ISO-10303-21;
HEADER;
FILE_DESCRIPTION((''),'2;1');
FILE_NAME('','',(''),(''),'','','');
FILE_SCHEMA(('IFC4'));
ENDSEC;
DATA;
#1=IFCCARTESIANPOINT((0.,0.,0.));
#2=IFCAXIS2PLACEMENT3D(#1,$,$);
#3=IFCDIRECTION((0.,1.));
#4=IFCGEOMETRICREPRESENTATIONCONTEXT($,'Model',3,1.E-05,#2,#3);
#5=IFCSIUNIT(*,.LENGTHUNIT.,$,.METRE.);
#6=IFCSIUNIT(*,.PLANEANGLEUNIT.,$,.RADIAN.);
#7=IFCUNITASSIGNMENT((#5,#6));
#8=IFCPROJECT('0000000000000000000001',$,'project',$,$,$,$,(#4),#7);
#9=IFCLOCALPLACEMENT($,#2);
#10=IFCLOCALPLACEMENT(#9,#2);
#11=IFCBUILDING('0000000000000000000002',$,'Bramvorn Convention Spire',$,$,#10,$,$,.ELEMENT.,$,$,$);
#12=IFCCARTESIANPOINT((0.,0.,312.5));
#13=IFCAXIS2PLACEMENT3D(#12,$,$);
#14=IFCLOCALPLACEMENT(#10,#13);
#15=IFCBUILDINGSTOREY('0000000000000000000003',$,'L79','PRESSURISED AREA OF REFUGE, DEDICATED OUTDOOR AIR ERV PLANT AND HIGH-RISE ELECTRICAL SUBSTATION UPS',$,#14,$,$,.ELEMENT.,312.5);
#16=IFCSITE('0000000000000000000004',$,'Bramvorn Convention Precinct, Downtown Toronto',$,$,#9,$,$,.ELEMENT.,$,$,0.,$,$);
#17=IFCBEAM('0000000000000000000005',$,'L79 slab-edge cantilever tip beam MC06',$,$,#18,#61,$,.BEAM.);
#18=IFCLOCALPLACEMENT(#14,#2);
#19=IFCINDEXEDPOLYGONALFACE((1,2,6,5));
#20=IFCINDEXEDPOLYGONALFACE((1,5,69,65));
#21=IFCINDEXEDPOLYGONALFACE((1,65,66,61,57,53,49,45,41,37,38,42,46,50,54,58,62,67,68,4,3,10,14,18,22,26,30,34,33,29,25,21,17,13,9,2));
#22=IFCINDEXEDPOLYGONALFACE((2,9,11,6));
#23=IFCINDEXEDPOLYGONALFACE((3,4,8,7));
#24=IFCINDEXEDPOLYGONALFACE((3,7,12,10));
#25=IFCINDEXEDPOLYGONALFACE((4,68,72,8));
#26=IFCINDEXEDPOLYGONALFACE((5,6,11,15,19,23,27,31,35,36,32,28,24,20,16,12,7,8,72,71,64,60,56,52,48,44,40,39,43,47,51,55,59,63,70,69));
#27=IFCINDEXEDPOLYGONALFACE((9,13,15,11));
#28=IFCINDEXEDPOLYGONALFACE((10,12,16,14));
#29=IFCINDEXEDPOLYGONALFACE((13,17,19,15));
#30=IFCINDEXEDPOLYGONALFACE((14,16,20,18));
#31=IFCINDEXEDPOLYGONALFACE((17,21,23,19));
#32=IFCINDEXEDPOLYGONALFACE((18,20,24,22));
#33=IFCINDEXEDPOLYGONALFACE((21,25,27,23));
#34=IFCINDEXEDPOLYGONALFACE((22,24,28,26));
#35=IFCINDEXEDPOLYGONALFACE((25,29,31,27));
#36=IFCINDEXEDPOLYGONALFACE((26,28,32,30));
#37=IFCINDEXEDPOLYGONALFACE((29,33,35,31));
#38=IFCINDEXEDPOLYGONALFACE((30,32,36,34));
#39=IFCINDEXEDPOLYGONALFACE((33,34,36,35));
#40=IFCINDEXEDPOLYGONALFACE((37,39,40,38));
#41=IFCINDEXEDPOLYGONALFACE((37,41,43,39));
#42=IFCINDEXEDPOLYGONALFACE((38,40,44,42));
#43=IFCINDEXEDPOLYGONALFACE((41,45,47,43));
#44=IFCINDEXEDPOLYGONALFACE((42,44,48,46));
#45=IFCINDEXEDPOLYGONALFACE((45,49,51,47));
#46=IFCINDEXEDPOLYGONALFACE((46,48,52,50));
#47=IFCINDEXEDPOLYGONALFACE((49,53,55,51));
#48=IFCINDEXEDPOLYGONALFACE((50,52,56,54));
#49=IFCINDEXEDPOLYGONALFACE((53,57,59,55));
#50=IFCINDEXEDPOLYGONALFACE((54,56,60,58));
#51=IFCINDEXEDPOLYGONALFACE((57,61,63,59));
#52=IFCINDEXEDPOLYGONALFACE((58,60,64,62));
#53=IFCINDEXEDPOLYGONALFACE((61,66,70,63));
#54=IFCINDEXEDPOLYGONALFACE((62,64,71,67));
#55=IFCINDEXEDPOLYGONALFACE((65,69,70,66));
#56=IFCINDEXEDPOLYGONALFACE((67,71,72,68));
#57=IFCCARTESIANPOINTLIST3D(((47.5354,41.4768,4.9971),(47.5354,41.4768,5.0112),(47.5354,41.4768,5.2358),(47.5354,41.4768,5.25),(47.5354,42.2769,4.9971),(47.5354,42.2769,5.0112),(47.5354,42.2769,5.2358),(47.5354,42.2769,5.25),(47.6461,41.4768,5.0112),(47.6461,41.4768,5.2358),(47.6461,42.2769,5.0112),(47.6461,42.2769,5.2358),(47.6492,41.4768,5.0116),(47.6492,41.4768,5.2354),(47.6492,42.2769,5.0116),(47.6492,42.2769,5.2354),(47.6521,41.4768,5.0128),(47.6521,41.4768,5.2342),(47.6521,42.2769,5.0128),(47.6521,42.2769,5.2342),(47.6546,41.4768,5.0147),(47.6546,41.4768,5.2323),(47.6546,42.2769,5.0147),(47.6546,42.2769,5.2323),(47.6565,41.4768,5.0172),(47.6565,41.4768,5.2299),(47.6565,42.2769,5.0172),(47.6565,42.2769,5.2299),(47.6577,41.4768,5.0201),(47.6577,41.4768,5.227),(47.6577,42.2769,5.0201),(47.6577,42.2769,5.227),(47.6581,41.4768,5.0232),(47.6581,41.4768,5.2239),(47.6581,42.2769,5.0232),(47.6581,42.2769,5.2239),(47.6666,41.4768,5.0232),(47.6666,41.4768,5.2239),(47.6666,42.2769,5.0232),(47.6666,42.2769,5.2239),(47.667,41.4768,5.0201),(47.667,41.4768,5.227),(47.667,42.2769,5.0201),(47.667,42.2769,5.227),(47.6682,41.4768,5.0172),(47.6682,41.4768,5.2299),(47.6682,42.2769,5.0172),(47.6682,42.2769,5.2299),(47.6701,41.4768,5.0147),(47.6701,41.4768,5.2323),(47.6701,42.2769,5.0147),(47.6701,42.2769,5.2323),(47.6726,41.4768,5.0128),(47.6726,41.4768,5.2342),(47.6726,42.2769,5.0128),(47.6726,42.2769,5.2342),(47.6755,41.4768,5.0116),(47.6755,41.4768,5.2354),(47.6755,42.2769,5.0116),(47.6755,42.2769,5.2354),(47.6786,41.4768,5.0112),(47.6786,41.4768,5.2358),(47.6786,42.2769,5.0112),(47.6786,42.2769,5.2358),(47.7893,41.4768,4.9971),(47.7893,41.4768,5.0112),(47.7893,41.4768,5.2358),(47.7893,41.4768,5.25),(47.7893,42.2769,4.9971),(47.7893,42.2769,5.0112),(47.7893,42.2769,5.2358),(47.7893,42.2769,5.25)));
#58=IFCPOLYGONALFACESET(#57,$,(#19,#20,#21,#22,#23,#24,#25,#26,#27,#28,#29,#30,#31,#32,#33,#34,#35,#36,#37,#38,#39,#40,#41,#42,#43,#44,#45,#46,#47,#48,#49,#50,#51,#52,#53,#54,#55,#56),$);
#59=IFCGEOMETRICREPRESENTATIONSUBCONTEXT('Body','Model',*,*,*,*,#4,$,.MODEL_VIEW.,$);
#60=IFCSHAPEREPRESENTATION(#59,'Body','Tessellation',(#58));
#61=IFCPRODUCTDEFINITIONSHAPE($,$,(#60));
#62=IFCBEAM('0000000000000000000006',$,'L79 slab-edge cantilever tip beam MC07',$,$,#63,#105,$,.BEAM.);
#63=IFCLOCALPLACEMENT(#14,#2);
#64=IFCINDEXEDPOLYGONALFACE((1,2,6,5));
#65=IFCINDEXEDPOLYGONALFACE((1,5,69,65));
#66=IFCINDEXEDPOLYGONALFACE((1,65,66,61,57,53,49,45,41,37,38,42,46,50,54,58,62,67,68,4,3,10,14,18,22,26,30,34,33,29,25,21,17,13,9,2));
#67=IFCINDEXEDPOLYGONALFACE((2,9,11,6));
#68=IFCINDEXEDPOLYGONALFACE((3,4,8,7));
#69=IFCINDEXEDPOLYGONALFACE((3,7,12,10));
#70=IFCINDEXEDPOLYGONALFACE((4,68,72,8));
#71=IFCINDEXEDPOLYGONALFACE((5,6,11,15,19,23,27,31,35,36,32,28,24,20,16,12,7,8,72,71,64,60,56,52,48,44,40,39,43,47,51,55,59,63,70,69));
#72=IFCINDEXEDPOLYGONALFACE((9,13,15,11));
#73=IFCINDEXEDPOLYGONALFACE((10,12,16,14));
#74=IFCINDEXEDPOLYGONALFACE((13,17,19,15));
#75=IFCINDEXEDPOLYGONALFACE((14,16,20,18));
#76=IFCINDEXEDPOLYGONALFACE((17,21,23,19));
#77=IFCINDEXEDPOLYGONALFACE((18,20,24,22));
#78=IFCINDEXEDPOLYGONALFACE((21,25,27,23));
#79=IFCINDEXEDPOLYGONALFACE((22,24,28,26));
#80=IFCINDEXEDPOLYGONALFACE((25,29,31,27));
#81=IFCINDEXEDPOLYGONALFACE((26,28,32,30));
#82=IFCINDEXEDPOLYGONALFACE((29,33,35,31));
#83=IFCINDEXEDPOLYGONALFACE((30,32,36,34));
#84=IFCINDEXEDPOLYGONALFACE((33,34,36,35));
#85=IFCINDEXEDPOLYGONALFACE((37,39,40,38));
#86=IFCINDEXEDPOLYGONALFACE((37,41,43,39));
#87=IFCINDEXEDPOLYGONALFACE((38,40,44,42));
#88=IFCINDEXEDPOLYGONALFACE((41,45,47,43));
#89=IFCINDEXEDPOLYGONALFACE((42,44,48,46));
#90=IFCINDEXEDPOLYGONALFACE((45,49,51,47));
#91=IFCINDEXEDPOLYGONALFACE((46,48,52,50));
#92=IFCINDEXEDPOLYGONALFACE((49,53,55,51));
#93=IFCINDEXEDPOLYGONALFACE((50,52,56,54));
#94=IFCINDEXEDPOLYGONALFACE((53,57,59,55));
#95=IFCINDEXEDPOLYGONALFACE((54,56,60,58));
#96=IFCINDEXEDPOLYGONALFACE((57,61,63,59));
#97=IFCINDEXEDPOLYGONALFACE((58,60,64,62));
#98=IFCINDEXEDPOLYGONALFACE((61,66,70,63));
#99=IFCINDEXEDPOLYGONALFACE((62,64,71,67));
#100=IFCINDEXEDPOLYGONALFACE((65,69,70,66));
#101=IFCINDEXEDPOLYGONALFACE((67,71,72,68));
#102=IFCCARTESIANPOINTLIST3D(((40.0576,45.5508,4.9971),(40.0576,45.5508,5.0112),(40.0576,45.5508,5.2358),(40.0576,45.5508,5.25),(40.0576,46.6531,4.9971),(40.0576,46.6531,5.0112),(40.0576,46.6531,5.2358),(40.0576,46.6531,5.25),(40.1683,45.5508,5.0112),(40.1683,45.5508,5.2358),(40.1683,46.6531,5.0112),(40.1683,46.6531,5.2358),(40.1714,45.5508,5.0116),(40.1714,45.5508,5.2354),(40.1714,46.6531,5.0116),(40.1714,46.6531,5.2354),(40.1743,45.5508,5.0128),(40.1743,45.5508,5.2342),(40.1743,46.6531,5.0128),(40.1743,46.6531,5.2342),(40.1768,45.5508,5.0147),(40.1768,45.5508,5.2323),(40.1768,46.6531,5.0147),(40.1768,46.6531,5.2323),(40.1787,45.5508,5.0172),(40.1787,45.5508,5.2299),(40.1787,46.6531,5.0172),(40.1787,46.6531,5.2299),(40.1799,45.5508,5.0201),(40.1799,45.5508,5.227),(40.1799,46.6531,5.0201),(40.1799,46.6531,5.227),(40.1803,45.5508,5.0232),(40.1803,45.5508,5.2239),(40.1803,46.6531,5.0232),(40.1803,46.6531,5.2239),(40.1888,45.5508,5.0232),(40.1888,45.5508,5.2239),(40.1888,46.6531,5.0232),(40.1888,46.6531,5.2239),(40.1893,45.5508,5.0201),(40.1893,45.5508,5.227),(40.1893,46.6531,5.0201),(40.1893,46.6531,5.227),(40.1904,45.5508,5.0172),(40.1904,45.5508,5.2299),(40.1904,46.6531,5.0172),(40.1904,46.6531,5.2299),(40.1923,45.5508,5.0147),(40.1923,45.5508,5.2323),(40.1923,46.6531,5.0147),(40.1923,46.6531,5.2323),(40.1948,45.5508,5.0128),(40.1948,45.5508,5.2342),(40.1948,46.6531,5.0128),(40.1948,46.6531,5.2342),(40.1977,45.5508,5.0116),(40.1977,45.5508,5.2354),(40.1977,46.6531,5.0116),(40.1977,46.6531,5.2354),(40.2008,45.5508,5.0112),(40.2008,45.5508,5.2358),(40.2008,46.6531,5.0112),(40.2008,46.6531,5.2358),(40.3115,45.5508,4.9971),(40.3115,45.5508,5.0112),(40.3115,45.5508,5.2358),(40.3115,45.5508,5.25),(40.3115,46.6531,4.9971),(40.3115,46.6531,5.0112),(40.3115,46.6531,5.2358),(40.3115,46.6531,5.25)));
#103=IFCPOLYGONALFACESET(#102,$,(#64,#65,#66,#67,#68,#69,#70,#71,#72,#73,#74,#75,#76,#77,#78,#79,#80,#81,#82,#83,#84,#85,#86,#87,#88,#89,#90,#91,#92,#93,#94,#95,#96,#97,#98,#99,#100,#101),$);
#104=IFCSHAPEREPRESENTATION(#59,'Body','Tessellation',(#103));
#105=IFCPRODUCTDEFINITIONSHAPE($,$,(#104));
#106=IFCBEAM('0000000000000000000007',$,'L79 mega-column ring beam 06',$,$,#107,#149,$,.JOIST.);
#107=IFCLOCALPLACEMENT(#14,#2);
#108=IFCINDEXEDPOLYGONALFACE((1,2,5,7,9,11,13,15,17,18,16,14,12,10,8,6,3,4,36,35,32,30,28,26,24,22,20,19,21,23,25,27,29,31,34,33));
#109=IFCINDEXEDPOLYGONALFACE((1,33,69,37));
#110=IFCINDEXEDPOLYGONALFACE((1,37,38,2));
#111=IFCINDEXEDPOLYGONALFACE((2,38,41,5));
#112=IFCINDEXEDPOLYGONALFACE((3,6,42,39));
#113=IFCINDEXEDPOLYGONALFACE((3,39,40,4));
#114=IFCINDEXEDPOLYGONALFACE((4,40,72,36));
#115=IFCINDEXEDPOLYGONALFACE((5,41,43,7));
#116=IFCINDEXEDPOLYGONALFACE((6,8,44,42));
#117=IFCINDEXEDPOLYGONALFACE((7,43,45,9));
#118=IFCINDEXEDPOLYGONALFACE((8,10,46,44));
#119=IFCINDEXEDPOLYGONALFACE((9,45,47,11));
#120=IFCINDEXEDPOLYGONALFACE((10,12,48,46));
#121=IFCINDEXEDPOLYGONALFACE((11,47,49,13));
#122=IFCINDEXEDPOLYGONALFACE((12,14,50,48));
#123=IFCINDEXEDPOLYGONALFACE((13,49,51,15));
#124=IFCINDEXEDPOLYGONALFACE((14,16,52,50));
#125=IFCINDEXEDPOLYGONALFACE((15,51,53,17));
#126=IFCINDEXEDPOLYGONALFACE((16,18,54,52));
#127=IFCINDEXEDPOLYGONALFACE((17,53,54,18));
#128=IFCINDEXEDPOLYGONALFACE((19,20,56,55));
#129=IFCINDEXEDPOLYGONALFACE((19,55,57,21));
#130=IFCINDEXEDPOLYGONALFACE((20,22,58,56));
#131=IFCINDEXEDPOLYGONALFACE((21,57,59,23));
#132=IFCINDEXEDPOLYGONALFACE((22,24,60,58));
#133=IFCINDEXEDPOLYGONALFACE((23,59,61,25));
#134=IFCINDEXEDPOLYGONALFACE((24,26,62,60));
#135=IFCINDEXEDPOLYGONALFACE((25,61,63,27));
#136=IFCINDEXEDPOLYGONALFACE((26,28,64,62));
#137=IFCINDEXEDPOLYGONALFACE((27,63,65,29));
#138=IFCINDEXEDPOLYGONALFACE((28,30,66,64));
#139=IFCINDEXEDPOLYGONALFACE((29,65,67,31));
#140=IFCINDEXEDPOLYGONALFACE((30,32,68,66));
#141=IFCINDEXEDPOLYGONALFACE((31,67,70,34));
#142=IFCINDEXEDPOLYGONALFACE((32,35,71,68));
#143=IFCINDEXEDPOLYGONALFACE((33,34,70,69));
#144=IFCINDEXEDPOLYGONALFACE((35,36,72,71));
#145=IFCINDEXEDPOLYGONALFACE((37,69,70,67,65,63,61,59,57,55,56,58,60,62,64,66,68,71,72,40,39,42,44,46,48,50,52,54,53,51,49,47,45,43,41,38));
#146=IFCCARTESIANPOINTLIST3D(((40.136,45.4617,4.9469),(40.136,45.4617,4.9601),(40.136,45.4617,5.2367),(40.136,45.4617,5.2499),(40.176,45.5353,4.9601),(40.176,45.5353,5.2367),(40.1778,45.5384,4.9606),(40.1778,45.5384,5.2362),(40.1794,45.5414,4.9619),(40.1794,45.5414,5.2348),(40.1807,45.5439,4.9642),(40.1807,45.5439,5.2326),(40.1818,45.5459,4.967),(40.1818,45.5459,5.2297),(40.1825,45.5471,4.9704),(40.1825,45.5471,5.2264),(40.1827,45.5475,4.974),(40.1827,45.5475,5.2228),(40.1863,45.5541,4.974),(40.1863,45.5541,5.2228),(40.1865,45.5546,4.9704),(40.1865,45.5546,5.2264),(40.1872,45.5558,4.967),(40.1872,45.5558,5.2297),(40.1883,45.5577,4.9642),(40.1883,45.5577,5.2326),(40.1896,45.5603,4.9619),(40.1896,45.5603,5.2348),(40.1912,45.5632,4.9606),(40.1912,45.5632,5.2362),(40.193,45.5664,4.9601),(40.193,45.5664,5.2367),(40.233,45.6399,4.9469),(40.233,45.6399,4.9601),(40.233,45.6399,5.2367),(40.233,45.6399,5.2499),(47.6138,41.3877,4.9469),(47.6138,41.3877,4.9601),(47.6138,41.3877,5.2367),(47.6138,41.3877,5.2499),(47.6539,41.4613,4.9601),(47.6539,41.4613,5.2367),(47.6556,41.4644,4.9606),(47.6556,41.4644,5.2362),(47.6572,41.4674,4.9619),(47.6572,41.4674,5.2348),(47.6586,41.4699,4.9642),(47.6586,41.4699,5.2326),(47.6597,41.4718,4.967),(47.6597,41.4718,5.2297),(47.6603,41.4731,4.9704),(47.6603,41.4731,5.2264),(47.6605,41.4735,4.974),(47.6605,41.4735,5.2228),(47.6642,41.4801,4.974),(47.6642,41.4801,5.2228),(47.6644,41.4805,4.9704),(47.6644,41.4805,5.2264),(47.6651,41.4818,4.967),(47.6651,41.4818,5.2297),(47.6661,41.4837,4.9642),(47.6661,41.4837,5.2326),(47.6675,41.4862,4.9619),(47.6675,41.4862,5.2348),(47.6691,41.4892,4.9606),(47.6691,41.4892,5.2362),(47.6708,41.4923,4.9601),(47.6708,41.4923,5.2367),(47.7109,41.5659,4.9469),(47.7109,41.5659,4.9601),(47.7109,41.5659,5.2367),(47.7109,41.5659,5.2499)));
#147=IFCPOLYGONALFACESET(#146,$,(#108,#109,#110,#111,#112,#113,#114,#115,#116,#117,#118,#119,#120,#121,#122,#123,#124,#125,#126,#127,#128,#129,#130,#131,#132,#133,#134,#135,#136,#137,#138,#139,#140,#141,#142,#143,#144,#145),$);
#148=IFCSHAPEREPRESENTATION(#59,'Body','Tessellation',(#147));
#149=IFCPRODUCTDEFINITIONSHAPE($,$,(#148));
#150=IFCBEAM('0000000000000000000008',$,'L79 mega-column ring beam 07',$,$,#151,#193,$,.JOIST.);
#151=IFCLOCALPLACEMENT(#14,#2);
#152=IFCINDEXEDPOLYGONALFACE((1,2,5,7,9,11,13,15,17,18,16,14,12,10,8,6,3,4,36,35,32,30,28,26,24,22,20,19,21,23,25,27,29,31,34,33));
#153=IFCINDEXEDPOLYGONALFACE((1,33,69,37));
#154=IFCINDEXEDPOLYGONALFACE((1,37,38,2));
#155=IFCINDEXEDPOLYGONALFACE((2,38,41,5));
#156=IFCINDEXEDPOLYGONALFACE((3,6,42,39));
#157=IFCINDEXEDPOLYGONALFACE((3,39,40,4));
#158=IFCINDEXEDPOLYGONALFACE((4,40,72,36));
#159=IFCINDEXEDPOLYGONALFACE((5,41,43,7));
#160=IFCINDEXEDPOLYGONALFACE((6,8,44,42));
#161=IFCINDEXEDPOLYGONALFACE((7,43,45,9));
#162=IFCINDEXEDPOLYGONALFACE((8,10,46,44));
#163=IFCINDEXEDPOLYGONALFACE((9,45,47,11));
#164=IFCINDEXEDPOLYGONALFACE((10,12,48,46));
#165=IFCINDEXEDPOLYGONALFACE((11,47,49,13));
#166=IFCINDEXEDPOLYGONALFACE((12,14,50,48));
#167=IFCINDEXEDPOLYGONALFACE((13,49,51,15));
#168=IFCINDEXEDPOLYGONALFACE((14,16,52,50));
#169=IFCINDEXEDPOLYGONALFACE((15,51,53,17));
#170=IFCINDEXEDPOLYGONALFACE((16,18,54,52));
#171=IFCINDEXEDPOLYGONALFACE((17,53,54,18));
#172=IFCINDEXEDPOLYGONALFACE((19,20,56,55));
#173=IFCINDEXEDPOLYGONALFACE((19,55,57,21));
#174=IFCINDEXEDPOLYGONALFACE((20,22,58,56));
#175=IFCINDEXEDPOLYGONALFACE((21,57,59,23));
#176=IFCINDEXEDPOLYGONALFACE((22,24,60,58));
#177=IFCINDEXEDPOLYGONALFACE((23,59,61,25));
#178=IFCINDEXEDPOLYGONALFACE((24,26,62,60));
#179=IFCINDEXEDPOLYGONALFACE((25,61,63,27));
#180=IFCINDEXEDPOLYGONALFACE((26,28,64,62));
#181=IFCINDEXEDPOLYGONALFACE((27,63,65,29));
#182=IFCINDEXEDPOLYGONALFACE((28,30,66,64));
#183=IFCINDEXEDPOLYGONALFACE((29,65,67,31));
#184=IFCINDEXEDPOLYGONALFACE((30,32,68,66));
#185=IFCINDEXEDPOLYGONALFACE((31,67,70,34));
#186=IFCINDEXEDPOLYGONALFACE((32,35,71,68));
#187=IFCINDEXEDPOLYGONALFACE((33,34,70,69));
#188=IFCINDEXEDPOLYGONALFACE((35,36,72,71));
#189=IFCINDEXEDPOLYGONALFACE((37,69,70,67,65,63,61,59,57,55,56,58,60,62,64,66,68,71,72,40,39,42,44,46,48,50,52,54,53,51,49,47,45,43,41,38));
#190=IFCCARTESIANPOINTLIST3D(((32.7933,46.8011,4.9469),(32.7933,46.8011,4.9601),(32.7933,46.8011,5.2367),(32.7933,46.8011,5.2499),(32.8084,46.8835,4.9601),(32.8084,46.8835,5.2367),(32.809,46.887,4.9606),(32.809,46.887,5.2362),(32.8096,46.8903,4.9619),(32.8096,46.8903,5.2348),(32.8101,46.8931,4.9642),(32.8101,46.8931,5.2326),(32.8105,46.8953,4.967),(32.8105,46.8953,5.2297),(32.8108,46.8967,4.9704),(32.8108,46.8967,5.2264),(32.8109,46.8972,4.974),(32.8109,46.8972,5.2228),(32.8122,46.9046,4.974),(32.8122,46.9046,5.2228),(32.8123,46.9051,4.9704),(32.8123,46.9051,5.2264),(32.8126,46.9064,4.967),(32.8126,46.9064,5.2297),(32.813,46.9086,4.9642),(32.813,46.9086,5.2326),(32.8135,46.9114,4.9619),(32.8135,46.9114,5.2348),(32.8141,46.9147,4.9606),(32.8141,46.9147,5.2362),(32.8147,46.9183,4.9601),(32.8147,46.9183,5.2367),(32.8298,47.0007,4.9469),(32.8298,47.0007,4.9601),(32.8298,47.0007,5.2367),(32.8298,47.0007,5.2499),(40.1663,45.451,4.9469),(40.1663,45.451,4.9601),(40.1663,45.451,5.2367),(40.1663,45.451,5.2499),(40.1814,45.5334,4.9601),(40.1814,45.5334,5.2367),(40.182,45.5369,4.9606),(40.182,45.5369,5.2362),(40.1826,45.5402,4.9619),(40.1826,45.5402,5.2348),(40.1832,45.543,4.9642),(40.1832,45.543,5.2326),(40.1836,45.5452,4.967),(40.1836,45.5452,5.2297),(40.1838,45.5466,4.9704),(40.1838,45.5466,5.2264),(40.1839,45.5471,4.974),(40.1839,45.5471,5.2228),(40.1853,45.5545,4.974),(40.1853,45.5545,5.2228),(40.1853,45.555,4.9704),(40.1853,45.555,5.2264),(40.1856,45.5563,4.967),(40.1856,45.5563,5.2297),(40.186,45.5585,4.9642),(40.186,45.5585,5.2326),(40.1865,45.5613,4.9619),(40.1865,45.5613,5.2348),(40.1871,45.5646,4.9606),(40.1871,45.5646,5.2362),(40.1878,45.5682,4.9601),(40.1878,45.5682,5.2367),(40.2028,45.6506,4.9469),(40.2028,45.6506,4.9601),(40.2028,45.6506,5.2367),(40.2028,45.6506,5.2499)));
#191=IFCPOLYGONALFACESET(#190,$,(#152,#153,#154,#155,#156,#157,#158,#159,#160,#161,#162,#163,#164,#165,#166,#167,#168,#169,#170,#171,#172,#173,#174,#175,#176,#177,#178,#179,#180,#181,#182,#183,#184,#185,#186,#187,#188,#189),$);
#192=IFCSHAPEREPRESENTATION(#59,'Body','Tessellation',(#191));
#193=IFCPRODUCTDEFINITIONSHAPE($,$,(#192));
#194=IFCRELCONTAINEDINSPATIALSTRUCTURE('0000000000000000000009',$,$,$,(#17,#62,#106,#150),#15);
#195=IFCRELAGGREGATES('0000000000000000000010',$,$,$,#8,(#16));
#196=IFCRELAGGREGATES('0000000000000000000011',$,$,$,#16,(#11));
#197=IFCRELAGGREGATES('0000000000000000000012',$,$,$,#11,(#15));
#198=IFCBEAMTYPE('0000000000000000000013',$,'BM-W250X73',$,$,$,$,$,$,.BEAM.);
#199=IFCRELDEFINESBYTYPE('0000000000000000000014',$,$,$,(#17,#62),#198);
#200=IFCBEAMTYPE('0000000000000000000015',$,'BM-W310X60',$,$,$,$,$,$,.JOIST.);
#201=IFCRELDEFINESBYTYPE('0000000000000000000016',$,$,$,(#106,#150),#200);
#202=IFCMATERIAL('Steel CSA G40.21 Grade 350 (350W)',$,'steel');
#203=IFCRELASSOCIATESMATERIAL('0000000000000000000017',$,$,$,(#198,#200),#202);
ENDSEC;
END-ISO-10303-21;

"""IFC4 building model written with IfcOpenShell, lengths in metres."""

from ifc_helpers import new_model, si_unit, direction, frame, origin, origin_2d, place, context, subcontext, project, spatial, i_section, extrude, material, material_profile, profile_set, type_object, element, save


model = new_model("IFC4")

# Units and contexts
model_context = context("Model", 3, precision=1e-05, world=origin(), true_north=direction((0.0, 1.0)))
body_context = subcontext(model_context, "Body", "Model", "MODEL_VIEW")
ifc_project = project(units=[si_unit("LENGTHUNIT", "METRE"), si_unit("PLANEANGLEUNIT", "RADIAN")], contexts=[model_context])

# Site, building, storey
site_placement = place(None, origin())
site = spatial("IfcSite", under=ifc_project, at=site_placement, Name="Bramvorn Convention Precinct, Downtown Toronto", CompositionType="ELEMENT", RefElevation=0.0)
building_placement = place(site_placement, origin())
building = spatial("IfcBuilding", under=site, at=building_placement, Name="Bramvorn Convention Spire", CompositionType="ELEMENT")
storey_placement = place(building_placement, frame((0.0, 0.0, 312.5)))
storey = spatial("IfcBuildingStorey", under=building, at=storey_placement, Name="L79", Description="PRESSURISED AREA OF REFUGE, DEDICATED OUTDOOR AIR ERV PLANT AND HIGH-RISE ELECTRICAL SUBSTATION UPS", CompositionType="ELEMENT", Elevation=312.5)

# Shared definitions
ifc_material_1 = material(Name="Steel CSA G40.21 Grade 350 (350W)", Category="steel")

# Beams
ifc_material_profile_1 = material_profile(ifc_material_1, i_section(OverallWidth=0.2539, OverallDepth=0.2529, WebThickness=0.0085, FlangeThickness=0.0142, FilletRadius=0.012, at=origin_2d()))
ifc_profile_set_1 = profile_set([ifc_material_profile_1], Name="Steel CSA G40.21 Grade 350 (350W) - W250X73")
beam_type_1 = type_object("IfcBeamType", Name="BM-W250X73", PredefinedType="BEAM", material=ifc_profile_set_1)
beam_1_placement = place(storey_placement, frame((47.6624, 41.4768, 5.1235), z_axis=(0.0, 1.0, 0.0), x_axis=(-1.0, 0.0, 0.0)))
element("IfcBeam", 1, at=beam_1_placement, inside=storey, type_object=beam_type_1, Name="L79 slab-edge cantilever tip beam MC06", PredefinedType="BEAM", context=body_context, shape_type="SweptSolid", body=[
    extrude(i_section(OverallWidth=0.2539, OverallDepth=0.2529, WebThickness=0.0085, FlangeThickness=0.0142, FilletRadius=0.012, at=origin_2d()), origin(), (0.0, 0.0, 1.0), 0.8),
])
beam_2_placement = place(storey_placement, frame((40.1846, 45.5508, 5.1235), z_axis=(0.0, 1.0, 0.0), x_axis=(-1.0, 0.0, 0.0)))
element("IfcBeam", 2, at=beam_2_placement, inside=storey, type_object=beam_type_1, Name="L79 slab-edge cantilever tip beam MC07", PredefinedType="BEAM", context=body_context, shape_type="SweptSolid", body=[
    extrude(i_section(OverallWidth=0.2539, OverallDepth=0.2529, WebThickness=0.0085, FlangeThickness=0.0142, FilletRadius=0.012, at=origin_2d()), origin(), (0.0, 0.0, 1.0), 1.1023),
])
ifc_material_profile_2 = material_profile(ifc_material_1, i_section(OverallWidth=0.2029, OverallDepth=0.303, WebThickness=0.0076, FlangeThickness=0.0132, FilletRadius=0.0139, at=origin_2d()))
ifc_profile_set_2 = profile_set([ifc_material_profile_2], Name="Steel CSA G40.21 Grade 350 (350W) - W310X60")
beam_type_2 = type_object("IfcBeamType", Name="BM-W310X60", PredefinedType="JOIST", material=ifc_profile_set_2)
beam_3_placement = place(storey_placement, frame((47.6624, 41.4768, 5.0984), z_axis=(-0.878133, 0.478416, 0.0), x_axis=(-0.478416, -0.878133, 0.0)))
element("IfcBeam", 3, at=beam_3_placement, inside=storey, type_object=beam_type_2, Name="L79 mega-column ring beam 06", PredefinedType="JOIST", context=body_context, shape_type="SweptSolid", body=[
    extrude(i_section(OverallWidth=0.2029, OverallDepth=0.303, WebThickness=0.0076, FlangeThickness=0.0132, FilletRadius=0.0139, at=origin_2d()), origin(), (0.0, 0.0, 1.0), 8.5156),
])
beam_4_placement = place(storey_placement, frame((40.1846, 45.5508, 5.0984), z_axis=(-0.983645, 0.180118, 0.0), x_axis=(-0.180118, -0.983645, 0.0)))
element("IfcBeam", 4, at=beam_4_placement, inside=storey, type_object=beam_type_2, Name="L79 mega-column ring beam 07", PredefinedType="JOIST", context=body_context, shape_type="SweptSolid", body=[
    extrude(i_section(OverallWidth=0.2029, OverallDepth=0.303, WebThickness=0.0076, FlangeThickness=0.0132, FilletRadius=0.0139, at=origin_2d()), origin(), (0.0, 0.0, 1.0), 7.4956),
])

save(model, "model.ifc")
